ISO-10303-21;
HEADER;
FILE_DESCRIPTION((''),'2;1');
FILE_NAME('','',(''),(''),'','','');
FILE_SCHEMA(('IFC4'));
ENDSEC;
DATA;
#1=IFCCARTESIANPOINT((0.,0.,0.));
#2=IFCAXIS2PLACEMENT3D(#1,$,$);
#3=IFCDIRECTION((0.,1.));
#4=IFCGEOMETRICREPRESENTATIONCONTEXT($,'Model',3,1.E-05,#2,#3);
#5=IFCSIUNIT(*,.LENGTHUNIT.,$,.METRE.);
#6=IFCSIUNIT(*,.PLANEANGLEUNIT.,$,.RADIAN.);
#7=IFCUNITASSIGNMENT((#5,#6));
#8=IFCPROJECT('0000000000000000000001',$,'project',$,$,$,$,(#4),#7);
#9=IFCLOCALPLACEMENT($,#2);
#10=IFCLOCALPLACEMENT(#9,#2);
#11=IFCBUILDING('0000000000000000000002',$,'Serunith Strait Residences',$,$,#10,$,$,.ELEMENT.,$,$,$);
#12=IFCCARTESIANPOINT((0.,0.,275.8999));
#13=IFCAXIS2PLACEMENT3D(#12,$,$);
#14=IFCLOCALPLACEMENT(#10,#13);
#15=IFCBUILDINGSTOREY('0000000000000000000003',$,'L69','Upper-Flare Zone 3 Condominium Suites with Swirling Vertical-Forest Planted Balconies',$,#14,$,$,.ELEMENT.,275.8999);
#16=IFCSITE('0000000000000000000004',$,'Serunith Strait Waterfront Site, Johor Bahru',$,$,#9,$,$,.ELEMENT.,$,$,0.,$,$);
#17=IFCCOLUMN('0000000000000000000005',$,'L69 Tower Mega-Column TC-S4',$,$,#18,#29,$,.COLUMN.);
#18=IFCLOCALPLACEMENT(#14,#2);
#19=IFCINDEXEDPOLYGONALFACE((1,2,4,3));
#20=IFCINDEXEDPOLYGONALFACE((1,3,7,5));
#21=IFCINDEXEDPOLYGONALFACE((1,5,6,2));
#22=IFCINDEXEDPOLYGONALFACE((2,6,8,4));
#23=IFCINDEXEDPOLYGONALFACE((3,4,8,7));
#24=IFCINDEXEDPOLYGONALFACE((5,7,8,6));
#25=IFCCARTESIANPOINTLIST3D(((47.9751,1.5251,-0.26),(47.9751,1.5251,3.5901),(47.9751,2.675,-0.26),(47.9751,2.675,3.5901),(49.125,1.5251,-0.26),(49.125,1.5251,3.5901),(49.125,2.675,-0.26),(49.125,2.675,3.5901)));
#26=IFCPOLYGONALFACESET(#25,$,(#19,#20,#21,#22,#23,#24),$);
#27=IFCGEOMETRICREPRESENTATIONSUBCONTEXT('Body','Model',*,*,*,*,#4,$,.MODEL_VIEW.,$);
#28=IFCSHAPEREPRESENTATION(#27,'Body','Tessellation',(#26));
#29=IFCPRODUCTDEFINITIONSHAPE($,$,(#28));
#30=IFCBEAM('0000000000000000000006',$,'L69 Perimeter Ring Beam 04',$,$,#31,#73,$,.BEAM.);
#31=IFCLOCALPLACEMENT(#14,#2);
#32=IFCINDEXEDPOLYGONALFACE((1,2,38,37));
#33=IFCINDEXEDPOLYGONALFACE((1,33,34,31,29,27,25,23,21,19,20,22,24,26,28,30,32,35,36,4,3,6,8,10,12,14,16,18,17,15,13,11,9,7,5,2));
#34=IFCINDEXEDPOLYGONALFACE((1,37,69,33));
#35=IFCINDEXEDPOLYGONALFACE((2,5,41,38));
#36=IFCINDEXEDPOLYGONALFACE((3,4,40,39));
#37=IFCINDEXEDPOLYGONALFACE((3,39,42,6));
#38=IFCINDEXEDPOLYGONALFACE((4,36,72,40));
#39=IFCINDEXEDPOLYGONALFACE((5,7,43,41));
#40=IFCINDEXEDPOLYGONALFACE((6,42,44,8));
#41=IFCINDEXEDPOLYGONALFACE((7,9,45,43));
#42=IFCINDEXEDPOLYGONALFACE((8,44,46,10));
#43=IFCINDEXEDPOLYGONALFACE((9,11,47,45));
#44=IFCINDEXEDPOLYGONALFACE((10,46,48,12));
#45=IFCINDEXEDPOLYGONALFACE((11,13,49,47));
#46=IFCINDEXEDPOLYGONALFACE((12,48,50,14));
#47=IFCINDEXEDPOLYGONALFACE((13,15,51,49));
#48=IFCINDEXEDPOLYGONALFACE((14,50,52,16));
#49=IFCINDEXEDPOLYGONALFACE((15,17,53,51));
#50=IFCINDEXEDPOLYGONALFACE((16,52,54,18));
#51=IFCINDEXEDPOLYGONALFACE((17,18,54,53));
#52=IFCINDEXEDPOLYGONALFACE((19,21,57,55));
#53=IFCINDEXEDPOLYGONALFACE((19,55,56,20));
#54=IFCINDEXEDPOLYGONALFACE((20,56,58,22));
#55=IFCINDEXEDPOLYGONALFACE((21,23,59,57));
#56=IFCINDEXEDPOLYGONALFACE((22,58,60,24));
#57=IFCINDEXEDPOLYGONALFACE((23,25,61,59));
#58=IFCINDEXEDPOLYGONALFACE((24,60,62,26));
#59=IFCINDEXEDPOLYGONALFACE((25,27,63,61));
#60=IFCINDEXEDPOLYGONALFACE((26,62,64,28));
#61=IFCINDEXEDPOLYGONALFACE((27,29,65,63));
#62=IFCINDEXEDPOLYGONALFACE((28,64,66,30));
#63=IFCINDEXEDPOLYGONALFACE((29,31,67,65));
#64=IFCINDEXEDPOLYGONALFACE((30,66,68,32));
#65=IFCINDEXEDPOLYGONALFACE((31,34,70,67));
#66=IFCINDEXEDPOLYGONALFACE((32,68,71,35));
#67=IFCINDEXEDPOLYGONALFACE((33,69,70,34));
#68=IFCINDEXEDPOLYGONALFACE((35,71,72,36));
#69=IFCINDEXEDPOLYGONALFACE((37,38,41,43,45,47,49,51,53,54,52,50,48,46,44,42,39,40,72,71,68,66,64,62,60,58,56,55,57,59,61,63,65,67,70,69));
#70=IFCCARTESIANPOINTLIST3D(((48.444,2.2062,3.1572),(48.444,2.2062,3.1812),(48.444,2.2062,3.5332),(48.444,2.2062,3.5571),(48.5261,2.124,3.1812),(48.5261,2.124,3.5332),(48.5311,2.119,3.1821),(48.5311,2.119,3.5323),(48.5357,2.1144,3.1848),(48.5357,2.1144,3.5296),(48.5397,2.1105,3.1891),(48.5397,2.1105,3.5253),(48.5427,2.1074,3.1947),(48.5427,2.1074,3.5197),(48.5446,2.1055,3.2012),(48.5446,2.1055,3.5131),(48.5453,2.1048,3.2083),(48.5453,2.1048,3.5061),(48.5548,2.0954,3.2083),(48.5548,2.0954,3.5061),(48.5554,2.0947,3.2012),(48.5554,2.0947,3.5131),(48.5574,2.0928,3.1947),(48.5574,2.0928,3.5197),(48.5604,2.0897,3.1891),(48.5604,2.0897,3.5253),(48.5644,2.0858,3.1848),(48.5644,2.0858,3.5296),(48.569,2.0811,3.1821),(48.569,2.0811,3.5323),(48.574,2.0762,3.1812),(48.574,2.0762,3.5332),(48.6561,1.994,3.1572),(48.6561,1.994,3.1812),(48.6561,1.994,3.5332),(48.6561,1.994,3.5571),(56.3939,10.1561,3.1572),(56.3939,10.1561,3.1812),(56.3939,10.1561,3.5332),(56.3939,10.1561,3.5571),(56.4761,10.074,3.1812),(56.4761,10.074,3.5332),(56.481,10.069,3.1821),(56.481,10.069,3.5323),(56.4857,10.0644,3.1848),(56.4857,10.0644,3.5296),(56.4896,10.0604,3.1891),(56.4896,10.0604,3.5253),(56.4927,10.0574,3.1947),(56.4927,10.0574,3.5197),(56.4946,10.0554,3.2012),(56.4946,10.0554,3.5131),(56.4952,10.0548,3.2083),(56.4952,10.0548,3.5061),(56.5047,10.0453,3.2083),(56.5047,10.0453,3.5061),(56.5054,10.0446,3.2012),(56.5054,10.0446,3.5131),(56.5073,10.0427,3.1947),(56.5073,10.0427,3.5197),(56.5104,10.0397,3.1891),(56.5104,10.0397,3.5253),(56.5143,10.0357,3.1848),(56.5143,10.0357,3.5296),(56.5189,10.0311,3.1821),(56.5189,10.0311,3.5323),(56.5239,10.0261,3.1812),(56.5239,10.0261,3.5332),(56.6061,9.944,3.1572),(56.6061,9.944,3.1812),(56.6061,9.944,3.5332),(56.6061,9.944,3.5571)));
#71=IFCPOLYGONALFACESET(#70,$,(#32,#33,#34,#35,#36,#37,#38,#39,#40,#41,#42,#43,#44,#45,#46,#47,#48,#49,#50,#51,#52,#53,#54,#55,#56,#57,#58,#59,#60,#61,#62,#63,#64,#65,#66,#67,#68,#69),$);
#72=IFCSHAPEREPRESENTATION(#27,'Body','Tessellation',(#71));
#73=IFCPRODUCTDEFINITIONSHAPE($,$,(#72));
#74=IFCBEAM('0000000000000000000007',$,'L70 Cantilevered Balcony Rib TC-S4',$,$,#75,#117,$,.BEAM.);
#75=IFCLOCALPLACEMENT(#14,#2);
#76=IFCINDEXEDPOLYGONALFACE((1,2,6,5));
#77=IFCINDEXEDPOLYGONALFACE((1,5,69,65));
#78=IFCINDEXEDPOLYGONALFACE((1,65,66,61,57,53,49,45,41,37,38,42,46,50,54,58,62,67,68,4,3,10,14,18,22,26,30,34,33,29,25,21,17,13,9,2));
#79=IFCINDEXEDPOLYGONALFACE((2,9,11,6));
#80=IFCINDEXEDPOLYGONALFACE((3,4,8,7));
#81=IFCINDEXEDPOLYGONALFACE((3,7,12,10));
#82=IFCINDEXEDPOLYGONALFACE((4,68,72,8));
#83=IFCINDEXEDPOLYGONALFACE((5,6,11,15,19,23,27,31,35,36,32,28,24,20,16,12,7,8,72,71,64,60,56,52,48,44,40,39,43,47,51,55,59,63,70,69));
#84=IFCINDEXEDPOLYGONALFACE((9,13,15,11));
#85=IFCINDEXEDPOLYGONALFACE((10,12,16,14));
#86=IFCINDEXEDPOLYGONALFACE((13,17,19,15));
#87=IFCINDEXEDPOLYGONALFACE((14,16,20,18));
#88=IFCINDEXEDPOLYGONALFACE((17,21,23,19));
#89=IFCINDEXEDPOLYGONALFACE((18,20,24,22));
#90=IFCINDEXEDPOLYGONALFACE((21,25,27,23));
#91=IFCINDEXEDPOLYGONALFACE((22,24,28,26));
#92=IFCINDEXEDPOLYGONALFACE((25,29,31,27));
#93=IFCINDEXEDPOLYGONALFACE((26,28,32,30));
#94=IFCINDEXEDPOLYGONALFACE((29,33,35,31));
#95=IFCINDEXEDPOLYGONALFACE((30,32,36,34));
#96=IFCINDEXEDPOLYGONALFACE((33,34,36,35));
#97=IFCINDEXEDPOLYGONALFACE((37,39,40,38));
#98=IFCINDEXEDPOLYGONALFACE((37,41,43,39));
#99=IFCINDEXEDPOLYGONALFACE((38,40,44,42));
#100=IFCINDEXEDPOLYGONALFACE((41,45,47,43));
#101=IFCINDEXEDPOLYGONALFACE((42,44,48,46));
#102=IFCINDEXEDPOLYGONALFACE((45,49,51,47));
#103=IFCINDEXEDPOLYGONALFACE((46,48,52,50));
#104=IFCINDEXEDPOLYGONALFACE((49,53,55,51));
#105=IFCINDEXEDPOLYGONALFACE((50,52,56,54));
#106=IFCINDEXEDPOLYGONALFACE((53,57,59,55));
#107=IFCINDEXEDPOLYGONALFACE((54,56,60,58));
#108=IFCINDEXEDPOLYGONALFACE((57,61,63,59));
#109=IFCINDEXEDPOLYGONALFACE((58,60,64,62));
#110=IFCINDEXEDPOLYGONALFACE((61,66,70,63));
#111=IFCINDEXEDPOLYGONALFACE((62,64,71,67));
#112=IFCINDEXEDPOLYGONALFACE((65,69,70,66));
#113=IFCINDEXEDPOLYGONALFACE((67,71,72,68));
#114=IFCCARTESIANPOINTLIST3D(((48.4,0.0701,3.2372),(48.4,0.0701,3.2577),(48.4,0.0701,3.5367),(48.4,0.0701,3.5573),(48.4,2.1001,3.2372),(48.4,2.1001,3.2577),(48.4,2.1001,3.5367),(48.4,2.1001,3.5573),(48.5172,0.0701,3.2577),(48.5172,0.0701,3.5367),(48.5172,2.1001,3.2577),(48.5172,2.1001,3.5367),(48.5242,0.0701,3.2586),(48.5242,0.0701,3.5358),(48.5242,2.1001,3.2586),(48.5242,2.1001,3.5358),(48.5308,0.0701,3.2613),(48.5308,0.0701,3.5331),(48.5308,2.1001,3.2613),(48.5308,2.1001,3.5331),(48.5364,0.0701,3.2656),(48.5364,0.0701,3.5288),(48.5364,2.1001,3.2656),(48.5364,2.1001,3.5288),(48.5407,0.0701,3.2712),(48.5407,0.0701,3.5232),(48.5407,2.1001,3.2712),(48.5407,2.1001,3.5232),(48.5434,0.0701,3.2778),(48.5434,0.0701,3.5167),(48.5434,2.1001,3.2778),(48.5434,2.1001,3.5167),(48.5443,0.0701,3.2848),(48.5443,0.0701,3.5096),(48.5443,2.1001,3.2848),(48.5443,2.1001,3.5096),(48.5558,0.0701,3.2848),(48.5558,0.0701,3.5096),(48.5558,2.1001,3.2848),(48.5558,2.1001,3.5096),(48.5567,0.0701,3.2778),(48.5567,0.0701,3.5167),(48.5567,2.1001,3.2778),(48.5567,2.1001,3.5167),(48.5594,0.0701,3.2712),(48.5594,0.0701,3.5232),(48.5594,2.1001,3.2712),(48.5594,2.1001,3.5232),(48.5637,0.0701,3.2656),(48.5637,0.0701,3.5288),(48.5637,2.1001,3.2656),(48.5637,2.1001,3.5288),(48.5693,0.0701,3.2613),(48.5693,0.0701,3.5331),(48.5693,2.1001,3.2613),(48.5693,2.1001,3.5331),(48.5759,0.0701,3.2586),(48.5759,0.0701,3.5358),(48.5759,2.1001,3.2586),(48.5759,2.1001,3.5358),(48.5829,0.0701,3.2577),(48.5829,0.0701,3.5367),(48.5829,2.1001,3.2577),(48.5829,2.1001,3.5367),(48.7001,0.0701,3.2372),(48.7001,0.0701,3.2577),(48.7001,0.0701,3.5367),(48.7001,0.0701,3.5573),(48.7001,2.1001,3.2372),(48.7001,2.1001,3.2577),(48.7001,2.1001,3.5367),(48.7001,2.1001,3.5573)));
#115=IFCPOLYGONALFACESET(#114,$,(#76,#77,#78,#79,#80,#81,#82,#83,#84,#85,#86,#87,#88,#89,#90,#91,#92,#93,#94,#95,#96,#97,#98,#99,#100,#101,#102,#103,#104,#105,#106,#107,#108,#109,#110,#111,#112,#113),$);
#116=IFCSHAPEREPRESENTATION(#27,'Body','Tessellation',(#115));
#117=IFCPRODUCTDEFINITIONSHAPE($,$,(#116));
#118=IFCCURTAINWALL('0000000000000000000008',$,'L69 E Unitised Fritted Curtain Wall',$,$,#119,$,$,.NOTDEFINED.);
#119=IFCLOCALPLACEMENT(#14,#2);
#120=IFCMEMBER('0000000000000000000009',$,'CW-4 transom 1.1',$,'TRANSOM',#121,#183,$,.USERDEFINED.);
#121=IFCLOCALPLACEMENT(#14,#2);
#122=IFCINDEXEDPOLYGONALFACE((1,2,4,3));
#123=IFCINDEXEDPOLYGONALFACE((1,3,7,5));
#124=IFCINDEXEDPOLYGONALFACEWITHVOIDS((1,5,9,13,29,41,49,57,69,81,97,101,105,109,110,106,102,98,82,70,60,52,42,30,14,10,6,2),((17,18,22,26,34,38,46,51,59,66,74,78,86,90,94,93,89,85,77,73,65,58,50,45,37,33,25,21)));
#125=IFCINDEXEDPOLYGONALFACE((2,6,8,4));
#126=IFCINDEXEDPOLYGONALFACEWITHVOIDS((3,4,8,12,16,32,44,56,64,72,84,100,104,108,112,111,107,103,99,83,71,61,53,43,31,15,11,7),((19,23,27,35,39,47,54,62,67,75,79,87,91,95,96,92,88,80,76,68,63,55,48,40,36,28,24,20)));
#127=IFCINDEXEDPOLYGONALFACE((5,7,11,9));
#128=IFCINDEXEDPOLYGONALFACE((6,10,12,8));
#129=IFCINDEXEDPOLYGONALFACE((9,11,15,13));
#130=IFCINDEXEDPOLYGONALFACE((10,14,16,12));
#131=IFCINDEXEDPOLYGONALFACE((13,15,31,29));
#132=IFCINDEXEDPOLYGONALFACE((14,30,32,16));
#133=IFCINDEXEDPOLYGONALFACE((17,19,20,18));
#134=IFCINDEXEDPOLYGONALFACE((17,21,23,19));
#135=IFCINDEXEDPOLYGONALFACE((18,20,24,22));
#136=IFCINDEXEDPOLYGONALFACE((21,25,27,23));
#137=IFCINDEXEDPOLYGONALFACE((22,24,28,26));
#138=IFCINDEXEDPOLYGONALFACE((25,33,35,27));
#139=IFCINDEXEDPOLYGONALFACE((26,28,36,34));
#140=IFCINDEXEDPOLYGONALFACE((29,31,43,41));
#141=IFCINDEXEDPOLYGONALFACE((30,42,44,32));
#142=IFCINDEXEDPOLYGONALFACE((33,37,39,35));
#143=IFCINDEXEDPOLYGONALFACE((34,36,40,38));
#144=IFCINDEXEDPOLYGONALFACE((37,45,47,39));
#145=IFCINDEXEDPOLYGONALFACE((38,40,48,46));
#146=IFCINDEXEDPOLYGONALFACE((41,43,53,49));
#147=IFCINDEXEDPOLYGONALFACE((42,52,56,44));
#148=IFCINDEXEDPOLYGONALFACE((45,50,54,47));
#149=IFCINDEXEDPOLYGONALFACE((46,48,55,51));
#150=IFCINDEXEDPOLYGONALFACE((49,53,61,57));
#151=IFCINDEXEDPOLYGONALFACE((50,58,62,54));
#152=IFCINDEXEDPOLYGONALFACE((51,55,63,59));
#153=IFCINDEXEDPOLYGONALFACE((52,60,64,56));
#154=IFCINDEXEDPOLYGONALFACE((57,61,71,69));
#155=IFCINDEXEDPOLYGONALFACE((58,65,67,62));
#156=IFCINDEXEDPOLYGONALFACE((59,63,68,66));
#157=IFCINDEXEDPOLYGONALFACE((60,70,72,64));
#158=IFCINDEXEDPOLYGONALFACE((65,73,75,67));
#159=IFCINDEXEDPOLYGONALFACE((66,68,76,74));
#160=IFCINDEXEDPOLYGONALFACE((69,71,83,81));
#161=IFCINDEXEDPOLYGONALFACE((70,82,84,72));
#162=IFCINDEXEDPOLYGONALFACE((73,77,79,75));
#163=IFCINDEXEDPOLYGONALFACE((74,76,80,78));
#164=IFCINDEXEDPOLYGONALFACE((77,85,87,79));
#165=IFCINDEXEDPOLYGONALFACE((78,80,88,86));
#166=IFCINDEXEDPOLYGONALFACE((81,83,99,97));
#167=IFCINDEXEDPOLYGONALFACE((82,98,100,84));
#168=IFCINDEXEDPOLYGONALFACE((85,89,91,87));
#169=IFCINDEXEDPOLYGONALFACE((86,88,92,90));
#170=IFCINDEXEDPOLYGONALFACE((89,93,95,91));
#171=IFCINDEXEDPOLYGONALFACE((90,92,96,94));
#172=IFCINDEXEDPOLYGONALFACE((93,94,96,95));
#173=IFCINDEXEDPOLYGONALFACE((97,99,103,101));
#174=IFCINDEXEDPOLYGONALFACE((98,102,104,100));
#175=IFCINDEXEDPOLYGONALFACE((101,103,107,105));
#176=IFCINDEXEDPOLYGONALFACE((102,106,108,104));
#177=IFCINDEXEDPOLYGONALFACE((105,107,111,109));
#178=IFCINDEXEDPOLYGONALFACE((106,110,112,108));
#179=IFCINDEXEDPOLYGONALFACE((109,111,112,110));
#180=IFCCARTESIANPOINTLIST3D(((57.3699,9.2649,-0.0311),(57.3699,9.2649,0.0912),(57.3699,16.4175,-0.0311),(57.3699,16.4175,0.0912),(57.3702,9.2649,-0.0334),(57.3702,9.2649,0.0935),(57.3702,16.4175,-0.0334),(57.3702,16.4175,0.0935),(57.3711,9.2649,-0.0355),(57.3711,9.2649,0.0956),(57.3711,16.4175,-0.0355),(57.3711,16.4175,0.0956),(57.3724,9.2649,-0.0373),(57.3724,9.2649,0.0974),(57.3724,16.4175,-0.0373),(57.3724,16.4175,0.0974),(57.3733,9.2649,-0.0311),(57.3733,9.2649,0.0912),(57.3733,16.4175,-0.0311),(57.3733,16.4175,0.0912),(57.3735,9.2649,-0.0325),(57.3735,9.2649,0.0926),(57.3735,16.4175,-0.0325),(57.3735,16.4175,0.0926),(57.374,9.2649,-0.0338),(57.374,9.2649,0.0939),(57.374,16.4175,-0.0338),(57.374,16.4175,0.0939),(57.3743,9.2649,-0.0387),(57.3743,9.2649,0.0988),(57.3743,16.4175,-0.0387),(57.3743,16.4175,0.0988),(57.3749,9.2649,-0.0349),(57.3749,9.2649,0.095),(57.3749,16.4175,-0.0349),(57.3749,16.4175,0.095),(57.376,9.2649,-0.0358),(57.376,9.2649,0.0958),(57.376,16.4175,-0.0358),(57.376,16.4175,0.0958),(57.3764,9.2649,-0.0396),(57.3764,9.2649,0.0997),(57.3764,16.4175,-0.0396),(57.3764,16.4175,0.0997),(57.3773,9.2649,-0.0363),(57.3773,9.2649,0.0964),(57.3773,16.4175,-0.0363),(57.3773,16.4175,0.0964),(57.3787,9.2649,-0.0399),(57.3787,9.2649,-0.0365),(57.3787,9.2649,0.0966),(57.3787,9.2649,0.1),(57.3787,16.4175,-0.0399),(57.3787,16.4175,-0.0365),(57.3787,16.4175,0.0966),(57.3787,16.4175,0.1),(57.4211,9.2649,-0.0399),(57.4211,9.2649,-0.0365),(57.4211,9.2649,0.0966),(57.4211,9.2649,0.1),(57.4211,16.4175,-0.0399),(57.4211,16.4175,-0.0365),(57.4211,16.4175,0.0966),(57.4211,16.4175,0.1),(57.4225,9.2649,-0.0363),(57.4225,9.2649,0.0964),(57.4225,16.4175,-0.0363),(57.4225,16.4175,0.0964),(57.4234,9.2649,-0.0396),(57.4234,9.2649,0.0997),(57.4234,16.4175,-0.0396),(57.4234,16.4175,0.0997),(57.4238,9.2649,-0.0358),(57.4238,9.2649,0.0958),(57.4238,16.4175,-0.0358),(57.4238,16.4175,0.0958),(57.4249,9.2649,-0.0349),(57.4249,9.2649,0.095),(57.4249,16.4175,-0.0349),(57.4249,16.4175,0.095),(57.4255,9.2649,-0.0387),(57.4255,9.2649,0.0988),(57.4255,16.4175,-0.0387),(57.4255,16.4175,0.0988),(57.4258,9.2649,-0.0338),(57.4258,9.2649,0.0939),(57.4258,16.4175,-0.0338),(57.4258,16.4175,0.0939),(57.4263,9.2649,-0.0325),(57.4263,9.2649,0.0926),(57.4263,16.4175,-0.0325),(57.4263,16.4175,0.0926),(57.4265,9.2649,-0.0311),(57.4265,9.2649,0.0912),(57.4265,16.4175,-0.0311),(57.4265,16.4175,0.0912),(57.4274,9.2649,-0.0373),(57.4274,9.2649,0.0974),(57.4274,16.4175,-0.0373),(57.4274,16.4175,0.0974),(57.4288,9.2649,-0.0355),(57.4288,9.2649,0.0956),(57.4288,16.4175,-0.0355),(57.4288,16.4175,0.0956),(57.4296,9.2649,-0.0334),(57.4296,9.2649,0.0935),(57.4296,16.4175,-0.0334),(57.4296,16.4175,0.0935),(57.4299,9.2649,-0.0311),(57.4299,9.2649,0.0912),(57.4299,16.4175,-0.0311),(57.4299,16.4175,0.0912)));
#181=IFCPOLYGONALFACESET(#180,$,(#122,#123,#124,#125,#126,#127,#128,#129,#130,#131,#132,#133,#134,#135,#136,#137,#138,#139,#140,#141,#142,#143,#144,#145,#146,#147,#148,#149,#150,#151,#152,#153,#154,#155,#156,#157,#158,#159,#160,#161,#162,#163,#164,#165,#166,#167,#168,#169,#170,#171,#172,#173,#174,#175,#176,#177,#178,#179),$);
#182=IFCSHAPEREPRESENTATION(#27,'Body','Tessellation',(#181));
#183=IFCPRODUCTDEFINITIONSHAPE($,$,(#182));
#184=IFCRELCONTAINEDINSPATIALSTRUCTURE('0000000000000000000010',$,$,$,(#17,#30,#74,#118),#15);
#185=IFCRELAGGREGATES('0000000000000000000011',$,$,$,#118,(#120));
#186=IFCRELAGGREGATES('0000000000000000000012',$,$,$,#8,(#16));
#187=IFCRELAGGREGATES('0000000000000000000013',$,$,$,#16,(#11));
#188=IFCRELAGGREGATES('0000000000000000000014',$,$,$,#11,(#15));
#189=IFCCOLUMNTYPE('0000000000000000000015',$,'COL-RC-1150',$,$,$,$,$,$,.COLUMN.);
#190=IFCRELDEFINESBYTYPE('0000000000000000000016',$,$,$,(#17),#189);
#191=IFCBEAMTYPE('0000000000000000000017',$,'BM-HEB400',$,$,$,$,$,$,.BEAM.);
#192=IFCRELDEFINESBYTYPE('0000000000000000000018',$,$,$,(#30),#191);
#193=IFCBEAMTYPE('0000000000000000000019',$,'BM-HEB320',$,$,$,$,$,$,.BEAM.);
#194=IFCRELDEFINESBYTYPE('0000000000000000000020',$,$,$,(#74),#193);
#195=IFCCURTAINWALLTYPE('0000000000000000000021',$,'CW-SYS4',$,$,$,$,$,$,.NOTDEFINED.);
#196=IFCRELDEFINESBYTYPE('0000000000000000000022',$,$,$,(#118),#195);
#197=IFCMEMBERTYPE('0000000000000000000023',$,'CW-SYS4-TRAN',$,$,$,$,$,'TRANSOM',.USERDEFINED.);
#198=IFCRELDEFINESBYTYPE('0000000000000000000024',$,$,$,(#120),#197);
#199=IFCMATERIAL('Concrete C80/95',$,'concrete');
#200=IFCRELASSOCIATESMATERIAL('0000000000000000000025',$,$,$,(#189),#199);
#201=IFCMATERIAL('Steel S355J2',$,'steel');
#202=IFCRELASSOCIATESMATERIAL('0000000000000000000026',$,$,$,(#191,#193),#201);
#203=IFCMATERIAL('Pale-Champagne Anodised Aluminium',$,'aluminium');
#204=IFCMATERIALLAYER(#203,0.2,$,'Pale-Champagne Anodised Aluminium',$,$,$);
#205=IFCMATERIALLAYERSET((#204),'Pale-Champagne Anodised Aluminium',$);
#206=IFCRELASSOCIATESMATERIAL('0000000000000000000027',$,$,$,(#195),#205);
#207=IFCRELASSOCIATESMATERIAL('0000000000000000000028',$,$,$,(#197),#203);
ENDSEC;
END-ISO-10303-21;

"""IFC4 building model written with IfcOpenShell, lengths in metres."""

from ifc_helpers import new_model, si_unit, direction, frame, origin, origin_2d, place, context, subcontext, project, spatial, rectangle, hollow_rectangle, i_section, extrude, source, transform, mapped, material, layer, layer_set, material_profile, profile_set, type_object, element, aggregate, save


model = new_model("IFC4")

# Units and contexts
model_context = context("Model", 3, precision=1e-05, world=origin(), true_north=direction((0.0, 1.0)))
body_context = subcontext(model_context, "Body", "Model", "MODEL_VIEW")
ifc_project = project(units=[si_unit("LENGTHUNIT", "METRE"), si_unit("PLANEANGLEUNIT", "RADIAN")], contexts=[model_context])

# Site, building, storey
site_placement = place(None, origin())
site = spatial("IfcSite", under=ifc_project, at=site_placement, Name="Serunith Strait Waterfront Site, Johor Bahru", CompositionType="ELEMENT", RefElevation=0.0)
building_placement = place(site_placement, origin())
building = spatial("IfcBuilding", under=site, at=building_placement, Name="Serunith Strait Residences", CompositionType="ELEMENT")
storey_placement = place(building_placement, frame((0.0, 0.0, 275.8999)))
storey = spatial("IfcBuildingStorey", under=building, at=storey_placement, Name="L69", Description="Upper-Flare Zone 3 Condominium Suites with Swirling Vertical-Forest Planted Balconies", CompositionType="ELEMENT", Elevation=275.8999)

# Column
ifc_material_1 = material(Name="Concrete C80/95", Category="concrete")
ifc_material_profile_1 = material_profile(ifc_material_1, rectangle(XDim=1.1499, YDim=1.1499, at=origin_2d()), Name="RC 1150x1150")
ifc_profile_set_1 = profile_set([ifc_material_profile_1], Name="Concrete C80/95")
column_type = type_object("IfcColumnType", Name="COL-RC-1150", PredefinedType="COLUMN", material=ifc_profile_set_1)
shared_shape_1 = source(origin(), body_context, "Body", "SweptSolid", [
    extrude(rectangle(XDim=1.1499, YDim=1.1499, at=origin_2d()), origin(), (0.0, 0.0, 1.0), 3.8501),
])
column_placement = place(storey_placement, frame((48.55, 2.1001, -0.26), z_axis=(0.0, 0.0, 1.0), x_axis=(1.0, 0.0, 0.0)))
element("IfcColumn", 1, at=column_placement, inside=storey, type_object=column_type, Name="L69 Tower Mega-Column TC-S4", PredefinedType="COLUMN", context=body_context, shape_type="MappedRepresentation", body=[
    mapped(shared_shape_1, transform((0.0, 0.0, 0.0), scale=1.0)),
])

# Beams
ifc_material_2 = material(Name="Steel S355J2", Category="steel")
ifc_material_profile_2 = material_profile(ifc_material_2, i_section(OverallWidth=0.3, OverallDepth=0.3999, WebThickness=0.0134, FlangeThickness=0.0239, FilletRadius=0.0271, at=origin_2d()), Name="HEB 400")
ifc_profile_set_2 = profile_set([ifc_material_profile_2], Name="Steel S355J2")
beam_type_1 = type_object("IfcBeamType", Name="BM-HEB400", PredefinedType="BEAM", material=ifc_profile_set_2)
shared_shape_2 = source(origin(), body_context, "Body", "SweptSolid", [
    extrude(i_section(OverallWidth=0.3, OverallDepth=0.3999, WebThickness=0.0134, FlangeThickness=0.0239, FilletRadius=0.0271, at=origin_2d()), origin(), (0.0, 0.0, 1.0), 11.2429),
])
beam_1_placement = place(storey_placement, frame((48.55, 2.1001, 3.3572), z_axis=(0.707107, 0.707107, 0.0), x_axis=(-0.707107, 0.707107, 0.0)))
element("IfcBeam", 2, at=beam_1_placement, inside=storey, type_object=beam_type_1, Name="L69 Perimeter Ring Beam 04", PredefinedType="BEAM", context=body_context, shape_type="MappedRepresentation", body=[
    mapped(shared_shape_2, transform((0.0, 0.0, 0.0), scale=1.0)),
])
ifc_material_profile_3 = material_profile(ifc_material_2, i_section(OverallWidth=0.3, OverallDepth=0.3201, WebThickness=0.0115, FlangeThickness=0.0205, FilletRadius=0.0271, at=origin_2d()), Name="HEB 320")
ifc_profile_set_3 = profile_set([ifc_material_profile_3], Name="Steel S355J2")
beam_type_2 = type_object("IfcBeamType", Name="BM-HEB320", PredefinedType="BEAM", material=ifc_profile_set_3)
shared_shape_3 = source(origin(), body_context, "Body", "SweptSolid", [
    extrude(i_section(OverallWidth=0.3, OverallDepth=0.3201, WebThickness=0.0115, FlangeThickness=0.0205, FilletRadius=0.0271, at=origin_2d()), origin(), (0.0, 0.0, 1.0), 2.03),
])
beam_2_placement = place(storey_placement, frame((48.55, 2.1001, 3.3972), z_axis=(0.0, -1.0, 0.0), x_axis=(1.0, 0.0, 0.0)))
element("IfcBeam", 3, at=beam_2_placement, inside=storey, type_object=beam_type_2, Name="L70 Cantilevered Balcony Rib TC-S4", PredefinedType="BEAM", context=body_context, shape_type="MappedRepresentation", body=[
    mapped(shared_shape_3, transform((0.0, 0.0, 0.0), scale=1.0)),
])

# Curtain wall, member
ifc_material_3 = material(Name="Pale-Champagne Anodised Aluminium", Category="aluminium")
ifc_layer_1 = layer(ifc_material_3, 0.2, Name="Pale-Champagne Anodised Aluminium")
ifc_layer_set_1 = layer_set([ifc_layer_1], Name="Pale-Champagne Anodised Aluminium")
curtain_wall_type = type_object("IfcCurtainWallType", Name="CW-SYS4", PredefinedType="NOTDEFINED", material=ifc_layer_set_1)
curtain_wall_1_placement = place(storey_placement, origin())
curtain_wall_1 = element("IfcCurtainWall", 4, at=curtain_wall_1_placement, inside=storey, type_object=curtain_wall_type, Name="L69 E Unitised Fritted Curtain Wall", PredefinedType="NOTDEFINED")
ifc_material_profile_4 = material_profile(ifc_material_3, hollow_rectangle(XDim=0.0601, YDim=0.1399, WallThickness=0.0034, InnerFilletRadius=0.0054, OuterFilletRadius=0.0088, at=origin_2d()), Name="ALU 140x60x3.5")
ifc_profile_set_4 = profile_set([ifc_material_profile_4], Name="Pale-Champagne Anodised Aluminium")
member_type_1 = type_object("IfcMemberType", Name="CW-SYS4-TRAN", ElementType="TRANSOM", PredefinedType="USERDEFINED", material=ifc_profile_set_4)
shared_shape_4 = source(origin(), body_context, "Body", "SweptSolid", [
    extrude(hollow_rectangle(XDim=0.0601, YDim=0.1399, WallThickness=0.0034, InnerFilletRadius=0.0054, OuterFilletRadius=0.0088, at=origin_2d()), origin(), (0.0, 0.0, 1.0), 7.1526),
])
member_1_placement = place(storey_placement, frame((57.3999, 9.2649, 0.03), z_axis=(0.0, 1.0, 0.0), x_axis=(-1.0, 0.0, 0.0)))
member_1 = element("IfcMember", 5, at=member_1_placement, type_object=member_type_1, Name="CW-4 transom 1.1", ObjectType="TRANSOM", PredefinedType="USERDEFINED", context=body_context, shape_type="MappedRepresentation", body=[
    mapped(shared_shape_4, transform((0.0, 0.0, 0.0), scale=1.0)),
])

aggregate(curtain_wall_1, [member_1])

save(model, "model.ifc")
